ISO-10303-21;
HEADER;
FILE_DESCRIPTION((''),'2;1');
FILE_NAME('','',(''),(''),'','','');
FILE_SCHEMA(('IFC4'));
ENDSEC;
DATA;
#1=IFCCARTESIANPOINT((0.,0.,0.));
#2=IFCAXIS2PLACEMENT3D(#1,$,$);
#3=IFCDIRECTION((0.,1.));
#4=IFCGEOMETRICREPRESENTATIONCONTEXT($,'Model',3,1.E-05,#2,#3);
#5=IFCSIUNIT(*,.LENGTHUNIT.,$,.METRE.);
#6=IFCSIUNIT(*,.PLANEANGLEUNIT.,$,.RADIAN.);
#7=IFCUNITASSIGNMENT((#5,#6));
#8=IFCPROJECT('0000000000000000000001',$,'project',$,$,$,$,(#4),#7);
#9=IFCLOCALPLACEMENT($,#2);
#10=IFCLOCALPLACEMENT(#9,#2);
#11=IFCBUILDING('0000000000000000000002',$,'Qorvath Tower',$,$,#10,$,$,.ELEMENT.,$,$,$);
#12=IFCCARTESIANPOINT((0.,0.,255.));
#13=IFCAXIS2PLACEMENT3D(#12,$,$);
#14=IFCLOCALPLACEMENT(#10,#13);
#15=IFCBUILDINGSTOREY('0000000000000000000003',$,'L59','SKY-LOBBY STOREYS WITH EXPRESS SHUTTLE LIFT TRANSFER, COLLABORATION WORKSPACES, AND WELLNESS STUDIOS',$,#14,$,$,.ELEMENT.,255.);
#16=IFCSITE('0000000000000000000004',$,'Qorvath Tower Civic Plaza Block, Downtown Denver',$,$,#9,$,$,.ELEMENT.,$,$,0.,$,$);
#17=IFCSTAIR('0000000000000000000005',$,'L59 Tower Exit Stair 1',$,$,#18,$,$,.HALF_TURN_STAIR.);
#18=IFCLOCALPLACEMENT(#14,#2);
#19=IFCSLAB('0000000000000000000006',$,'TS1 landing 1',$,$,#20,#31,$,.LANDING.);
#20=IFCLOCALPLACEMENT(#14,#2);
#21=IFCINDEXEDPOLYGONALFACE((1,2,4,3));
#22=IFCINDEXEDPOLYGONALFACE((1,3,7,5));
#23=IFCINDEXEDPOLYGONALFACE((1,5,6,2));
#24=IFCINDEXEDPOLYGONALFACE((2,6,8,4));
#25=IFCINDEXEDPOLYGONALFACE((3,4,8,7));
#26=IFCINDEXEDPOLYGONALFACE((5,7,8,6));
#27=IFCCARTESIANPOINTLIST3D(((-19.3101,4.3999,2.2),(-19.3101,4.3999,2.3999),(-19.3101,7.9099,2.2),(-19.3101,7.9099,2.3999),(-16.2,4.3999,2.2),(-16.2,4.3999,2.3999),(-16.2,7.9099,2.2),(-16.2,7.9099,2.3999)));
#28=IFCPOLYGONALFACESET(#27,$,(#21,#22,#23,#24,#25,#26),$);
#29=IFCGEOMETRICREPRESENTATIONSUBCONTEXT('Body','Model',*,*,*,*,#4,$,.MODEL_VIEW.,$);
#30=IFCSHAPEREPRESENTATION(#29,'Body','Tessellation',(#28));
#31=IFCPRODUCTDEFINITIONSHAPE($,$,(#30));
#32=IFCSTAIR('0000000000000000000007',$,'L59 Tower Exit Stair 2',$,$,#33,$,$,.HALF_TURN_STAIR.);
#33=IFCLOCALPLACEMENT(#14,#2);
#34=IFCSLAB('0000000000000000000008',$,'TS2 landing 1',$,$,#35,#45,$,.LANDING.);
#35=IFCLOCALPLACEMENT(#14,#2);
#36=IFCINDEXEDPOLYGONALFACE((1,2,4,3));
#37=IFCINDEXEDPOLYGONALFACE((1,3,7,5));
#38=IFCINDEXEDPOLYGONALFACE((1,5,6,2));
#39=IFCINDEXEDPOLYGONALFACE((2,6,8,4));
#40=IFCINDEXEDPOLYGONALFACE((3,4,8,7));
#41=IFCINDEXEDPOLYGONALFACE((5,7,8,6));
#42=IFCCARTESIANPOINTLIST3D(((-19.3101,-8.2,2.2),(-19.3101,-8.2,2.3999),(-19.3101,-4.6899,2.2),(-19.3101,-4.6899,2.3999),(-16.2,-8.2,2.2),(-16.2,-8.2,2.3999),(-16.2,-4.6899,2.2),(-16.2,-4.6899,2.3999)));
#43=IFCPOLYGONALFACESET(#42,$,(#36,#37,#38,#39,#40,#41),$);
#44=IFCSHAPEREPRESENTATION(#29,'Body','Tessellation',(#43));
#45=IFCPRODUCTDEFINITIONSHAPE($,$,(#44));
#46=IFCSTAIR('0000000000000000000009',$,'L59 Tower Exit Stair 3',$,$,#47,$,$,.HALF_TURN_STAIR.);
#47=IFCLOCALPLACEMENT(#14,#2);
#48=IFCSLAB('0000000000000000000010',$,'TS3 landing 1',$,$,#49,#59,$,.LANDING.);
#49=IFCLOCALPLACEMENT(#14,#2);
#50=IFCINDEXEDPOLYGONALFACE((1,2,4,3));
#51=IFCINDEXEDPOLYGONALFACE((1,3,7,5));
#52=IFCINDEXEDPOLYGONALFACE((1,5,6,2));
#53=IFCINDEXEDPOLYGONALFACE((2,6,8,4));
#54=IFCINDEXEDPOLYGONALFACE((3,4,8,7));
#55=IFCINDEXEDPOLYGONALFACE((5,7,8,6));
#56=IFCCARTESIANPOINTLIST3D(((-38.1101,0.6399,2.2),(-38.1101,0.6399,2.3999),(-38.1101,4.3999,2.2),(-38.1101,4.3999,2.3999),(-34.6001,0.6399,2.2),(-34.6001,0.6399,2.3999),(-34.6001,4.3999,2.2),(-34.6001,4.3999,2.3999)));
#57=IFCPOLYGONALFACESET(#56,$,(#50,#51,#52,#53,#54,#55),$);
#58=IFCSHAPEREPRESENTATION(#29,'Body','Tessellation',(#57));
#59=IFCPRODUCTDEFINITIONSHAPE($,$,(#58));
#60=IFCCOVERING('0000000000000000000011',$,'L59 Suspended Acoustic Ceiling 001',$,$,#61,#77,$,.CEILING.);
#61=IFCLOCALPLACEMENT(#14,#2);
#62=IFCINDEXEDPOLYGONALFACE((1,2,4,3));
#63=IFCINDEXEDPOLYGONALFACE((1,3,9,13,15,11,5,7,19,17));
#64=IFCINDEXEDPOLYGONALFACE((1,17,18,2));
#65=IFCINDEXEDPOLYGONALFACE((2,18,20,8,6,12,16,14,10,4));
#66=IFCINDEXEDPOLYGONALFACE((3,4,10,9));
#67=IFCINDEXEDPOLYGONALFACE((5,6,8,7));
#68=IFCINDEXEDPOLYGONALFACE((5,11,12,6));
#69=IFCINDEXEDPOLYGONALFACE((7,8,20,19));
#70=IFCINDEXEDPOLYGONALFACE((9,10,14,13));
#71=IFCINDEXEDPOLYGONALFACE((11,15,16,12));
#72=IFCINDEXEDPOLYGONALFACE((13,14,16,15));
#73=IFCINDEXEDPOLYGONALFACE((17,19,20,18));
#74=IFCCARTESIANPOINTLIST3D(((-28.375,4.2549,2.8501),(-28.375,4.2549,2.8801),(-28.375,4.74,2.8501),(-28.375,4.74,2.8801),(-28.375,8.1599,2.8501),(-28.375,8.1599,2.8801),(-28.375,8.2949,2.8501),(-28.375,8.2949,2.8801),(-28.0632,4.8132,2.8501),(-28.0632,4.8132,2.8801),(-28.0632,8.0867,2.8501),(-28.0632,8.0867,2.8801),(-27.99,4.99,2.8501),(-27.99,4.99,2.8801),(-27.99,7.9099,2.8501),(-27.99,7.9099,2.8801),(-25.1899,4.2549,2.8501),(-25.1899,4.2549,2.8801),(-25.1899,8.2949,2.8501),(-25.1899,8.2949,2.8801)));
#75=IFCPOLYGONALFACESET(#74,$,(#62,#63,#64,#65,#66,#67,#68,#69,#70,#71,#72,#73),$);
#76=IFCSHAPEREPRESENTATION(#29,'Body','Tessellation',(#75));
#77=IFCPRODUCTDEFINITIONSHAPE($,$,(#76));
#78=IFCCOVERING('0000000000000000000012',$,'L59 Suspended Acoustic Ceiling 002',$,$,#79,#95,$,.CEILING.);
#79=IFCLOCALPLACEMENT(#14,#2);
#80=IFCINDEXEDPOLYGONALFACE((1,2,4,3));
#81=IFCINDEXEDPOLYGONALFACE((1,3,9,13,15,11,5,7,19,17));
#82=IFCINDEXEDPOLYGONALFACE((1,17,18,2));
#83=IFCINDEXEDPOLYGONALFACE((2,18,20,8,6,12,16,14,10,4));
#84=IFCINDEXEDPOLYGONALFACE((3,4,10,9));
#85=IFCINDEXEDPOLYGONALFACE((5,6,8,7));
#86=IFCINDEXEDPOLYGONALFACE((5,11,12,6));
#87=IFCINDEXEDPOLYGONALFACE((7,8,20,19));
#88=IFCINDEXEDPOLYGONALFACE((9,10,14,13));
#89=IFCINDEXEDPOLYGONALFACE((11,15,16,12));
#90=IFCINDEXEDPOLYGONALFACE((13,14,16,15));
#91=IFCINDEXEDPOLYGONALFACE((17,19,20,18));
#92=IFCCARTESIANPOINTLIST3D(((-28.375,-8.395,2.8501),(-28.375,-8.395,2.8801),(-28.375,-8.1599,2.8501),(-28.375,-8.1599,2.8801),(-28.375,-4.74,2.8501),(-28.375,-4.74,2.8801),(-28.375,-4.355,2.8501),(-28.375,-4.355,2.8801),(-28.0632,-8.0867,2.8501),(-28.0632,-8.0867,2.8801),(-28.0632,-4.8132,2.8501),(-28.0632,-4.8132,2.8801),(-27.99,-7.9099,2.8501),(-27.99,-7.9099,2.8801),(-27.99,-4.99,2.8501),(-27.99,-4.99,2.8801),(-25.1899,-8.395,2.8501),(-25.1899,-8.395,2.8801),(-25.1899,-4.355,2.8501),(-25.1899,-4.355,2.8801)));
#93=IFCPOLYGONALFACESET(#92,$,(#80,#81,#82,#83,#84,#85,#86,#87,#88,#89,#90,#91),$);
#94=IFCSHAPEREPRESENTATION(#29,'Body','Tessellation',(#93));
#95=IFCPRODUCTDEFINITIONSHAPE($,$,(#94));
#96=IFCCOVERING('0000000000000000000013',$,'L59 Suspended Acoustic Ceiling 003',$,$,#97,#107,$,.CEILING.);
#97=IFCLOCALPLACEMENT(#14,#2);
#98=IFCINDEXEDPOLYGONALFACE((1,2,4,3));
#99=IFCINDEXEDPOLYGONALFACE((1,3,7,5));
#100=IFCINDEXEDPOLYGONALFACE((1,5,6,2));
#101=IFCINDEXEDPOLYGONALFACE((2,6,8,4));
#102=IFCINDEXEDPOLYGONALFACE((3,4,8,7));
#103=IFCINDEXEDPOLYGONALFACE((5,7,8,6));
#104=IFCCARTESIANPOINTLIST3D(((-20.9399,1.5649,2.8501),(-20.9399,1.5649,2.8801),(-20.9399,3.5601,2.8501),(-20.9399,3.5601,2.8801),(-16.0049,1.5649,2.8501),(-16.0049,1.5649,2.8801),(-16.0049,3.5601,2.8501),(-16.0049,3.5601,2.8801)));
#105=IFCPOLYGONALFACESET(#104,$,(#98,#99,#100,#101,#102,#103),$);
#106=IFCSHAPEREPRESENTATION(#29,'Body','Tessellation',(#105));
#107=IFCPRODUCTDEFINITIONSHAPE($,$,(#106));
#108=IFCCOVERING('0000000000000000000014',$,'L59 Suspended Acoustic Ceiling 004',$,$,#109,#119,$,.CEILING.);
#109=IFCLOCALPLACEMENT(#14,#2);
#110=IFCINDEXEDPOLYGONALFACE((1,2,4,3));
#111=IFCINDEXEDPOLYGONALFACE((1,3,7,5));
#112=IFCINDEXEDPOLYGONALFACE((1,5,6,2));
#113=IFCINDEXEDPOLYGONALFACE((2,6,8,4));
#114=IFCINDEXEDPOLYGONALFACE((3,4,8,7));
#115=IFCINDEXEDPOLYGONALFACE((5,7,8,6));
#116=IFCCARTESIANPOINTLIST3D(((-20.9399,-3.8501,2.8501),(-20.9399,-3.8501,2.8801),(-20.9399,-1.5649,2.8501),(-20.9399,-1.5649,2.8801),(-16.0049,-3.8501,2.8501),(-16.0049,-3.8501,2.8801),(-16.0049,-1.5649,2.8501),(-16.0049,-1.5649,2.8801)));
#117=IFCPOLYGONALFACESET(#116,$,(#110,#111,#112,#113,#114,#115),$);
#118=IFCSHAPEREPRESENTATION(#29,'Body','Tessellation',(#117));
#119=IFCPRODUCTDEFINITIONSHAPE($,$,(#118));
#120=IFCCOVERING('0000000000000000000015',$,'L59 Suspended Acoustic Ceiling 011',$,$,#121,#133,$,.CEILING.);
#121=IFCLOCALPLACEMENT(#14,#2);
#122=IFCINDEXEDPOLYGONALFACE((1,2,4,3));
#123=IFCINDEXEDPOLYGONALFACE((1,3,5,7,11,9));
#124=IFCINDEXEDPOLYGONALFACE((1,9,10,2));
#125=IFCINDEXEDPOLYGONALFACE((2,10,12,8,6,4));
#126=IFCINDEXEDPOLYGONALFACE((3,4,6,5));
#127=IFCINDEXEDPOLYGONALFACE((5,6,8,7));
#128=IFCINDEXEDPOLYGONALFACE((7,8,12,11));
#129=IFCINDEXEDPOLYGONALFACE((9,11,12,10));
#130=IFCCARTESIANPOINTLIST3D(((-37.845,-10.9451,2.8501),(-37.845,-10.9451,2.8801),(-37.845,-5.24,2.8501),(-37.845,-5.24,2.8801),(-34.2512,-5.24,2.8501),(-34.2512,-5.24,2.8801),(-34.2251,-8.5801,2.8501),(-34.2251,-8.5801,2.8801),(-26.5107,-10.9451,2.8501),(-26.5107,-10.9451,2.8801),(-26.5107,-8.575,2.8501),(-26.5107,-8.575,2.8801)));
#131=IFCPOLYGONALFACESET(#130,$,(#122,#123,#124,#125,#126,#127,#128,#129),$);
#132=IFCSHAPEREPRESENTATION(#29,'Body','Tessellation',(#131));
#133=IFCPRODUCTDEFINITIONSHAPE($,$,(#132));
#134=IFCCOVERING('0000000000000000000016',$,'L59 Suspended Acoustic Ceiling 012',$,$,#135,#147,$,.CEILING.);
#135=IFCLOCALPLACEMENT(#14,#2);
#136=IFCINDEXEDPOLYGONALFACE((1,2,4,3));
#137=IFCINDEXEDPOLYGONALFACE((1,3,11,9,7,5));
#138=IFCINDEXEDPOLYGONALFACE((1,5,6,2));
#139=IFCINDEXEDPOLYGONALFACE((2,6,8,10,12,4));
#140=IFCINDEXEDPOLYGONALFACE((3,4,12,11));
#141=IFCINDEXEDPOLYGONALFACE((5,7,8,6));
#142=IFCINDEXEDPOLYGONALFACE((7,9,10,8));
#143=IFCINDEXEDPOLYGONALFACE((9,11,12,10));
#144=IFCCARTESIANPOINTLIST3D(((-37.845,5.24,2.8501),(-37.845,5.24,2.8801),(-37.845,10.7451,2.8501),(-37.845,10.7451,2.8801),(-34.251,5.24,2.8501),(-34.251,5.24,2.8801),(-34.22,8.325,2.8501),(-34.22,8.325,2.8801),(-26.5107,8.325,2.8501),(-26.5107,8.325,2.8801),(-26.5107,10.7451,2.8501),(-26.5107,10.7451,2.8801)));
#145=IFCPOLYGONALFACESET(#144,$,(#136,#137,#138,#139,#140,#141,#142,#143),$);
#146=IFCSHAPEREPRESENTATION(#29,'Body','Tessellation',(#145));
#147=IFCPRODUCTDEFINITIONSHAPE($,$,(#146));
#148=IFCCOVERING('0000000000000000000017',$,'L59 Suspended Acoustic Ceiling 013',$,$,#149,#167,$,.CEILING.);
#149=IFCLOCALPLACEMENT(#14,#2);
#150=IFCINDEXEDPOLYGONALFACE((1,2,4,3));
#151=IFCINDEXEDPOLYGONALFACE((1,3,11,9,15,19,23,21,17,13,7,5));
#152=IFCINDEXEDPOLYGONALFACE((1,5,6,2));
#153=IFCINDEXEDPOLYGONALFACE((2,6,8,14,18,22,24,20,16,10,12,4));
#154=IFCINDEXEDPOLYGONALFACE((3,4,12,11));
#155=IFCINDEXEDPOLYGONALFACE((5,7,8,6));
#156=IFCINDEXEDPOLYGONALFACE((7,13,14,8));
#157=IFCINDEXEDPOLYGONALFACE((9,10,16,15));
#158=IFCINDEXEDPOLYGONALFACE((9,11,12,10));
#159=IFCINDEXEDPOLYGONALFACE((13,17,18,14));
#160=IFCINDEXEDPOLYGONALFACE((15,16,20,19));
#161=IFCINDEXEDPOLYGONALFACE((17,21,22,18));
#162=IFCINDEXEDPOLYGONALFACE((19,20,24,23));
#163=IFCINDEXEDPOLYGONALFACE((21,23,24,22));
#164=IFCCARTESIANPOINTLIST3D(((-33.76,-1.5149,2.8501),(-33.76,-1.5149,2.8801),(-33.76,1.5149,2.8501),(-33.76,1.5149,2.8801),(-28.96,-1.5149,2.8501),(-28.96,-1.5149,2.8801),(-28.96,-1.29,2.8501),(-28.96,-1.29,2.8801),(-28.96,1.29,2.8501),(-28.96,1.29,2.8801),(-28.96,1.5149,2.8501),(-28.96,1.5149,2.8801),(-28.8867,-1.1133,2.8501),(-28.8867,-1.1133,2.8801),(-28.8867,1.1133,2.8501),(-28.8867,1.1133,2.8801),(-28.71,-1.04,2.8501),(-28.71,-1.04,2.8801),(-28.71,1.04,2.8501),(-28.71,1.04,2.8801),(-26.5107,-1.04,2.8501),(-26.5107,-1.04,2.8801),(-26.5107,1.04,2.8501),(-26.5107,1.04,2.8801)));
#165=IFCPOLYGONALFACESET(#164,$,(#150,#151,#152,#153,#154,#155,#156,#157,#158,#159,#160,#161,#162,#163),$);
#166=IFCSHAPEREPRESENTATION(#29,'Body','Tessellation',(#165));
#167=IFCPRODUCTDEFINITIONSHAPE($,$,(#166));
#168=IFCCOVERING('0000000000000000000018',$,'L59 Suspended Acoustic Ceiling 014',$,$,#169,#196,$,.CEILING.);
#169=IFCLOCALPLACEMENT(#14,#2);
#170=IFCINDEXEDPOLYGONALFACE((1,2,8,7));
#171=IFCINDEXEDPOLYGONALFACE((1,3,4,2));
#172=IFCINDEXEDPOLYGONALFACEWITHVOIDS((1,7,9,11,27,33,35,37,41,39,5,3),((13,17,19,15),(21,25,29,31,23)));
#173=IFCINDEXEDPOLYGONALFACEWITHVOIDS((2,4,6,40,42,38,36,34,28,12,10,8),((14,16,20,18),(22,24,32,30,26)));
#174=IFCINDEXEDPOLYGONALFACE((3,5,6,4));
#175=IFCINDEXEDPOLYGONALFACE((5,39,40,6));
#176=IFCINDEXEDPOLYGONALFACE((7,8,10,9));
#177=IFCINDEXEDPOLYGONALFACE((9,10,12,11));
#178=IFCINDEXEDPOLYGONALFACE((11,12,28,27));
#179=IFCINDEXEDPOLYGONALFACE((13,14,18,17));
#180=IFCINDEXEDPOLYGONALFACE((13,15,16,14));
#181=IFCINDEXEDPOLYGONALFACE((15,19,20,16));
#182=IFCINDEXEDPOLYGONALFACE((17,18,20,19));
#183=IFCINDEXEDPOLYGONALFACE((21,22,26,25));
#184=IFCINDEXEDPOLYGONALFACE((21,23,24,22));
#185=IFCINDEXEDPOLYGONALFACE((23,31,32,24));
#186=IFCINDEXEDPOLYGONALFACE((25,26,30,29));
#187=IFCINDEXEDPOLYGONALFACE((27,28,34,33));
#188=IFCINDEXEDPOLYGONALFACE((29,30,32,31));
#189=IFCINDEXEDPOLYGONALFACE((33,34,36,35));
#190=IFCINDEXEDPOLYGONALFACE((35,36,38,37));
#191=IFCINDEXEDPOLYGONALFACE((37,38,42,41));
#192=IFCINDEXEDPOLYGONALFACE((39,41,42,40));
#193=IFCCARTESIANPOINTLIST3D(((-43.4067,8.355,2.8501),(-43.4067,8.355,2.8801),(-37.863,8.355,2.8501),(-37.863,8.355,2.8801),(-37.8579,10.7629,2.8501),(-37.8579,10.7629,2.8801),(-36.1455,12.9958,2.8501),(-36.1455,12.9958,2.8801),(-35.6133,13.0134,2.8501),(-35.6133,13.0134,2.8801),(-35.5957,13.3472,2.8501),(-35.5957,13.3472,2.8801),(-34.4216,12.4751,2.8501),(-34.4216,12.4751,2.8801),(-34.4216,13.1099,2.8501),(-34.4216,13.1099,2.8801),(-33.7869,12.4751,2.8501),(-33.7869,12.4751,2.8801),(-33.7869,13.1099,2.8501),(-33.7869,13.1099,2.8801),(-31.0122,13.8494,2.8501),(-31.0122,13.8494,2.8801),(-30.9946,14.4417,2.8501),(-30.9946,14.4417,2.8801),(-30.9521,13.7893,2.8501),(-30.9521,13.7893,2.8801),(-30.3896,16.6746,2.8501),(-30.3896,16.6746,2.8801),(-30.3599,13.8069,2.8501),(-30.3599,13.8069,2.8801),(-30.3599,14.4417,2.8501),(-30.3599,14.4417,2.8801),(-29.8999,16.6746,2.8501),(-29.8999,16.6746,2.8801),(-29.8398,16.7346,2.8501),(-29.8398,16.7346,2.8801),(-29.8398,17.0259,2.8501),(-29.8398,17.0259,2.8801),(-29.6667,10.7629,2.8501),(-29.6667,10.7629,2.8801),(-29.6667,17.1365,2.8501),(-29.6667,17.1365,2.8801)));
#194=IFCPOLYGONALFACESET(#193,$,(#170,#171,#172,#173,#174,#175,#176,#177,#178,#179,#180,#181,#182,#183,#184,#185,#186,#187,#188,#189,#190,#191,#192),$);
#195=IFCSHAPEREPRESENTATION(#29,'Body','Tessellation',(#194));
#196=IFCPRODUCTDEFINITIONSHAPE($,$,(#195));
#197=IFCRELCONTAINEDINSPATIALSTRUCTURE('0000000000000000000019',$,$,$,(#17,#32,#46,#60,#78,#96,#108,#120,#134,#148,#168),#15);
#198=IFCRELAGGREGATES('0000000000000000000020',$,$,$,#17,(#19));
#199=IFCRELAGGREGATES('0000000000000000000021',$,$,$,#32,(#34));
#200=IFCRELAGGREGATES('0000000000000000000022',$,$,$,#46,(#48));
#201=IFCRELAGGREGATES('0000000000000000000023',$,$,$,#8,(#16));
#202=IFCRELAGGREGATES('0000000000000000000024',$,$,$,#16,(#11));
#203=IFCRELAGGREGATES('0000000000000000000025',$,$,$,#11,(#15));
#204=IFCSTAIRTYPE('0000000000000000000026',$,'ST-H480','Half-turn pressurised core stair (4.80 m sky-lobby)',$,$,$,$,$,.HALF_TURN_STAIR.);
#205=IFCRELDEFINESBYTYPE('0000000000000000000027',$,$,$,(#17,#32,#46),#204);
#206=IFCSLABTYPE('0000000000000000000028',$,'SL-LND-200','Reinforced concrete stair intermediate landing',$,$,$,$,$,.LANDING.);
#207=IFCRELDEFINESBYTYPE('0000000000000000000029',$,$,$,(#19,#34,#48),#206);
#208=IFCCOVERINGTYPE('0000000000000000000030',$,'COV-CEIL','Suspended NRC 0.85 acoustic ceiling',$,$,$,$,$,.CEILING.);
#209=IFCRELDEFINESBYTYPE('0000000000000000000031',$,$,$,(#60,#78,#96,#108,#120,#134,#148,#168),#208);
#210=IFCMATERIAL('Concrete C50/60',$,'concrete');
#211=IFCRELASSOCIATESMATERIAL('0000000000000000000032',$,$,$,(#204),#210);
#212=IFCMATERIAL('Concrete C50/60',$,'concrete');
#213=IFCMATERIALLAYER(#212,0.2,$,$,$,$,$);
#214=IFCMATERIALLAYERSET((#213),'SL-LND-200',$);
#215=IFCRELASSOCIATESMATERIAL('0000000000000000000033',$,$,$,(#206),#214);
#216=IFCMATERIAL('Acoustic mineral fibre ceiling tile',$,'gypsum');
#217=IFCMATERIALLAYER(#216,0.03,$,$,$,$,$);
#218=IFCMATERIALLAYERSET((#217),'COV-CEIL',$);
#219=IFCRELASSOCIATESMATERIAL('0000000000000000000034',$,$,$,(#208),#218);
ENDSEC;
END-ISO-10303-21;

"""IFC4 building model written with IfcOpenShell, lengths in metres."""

from ifc_helpers import new_model, si_unit, direction, frame, origin, place, context, subcontext, project, spatial, polyline, outline, extrude, material, layer, layer_set, type_object, element, aggregate, save


model = new_model("IFC4")

# Units and contexts
model_context = context("Model", 3, precision=1e-05, world=origin(), true_north=direction((0.0, 1.0)))
body_context = subcontext(model_context, "Body", "Model", "MODEL_VIEW")
ifc_project = project(units=[si_unit("LENGTHUNIT", "METRE"), si_unit("PLANEANGLEUNIT", "RADIAN")], contexts=[model_context])

# Site, building, storey
site_placement = place(None, origin())
site = spatial("IfcSite", under=ifc_project, at=site_placement, Name="Qorvath Tower Civic Plaza Block, Downtown Denver", CompositionType="ELEMENT", RefElevation=0.0)
building_placement = place(site_placement, origin())
building = spatial("IfcBuilding", under=site, at=building_placement, Name="Qorvath Tower", CompositionType="ELEMENT")
storey_placement = place(building_placement, frame((0.0, 0.0, 255.0)))
storey = spatial("IfcBuildingStorey", under=building, at=storey_placement, Name="L59", Description="SKY-LOBBY STOREYS WITH EXPRESS SHUTTLE LIFT TRANSFER, COLLABORATION WORKSPACES, AND WELLNESS STUDIOS", CompositionType="ELEMENT", Elevation=255.0)

# Stairs, slabs
ifc_material_1 = material(Name="Concrete C50/60", Category="concrete")
stair_type = type_object("IfcStairType", Name="ST-H480", Description="Half-turn pressurised core stair (4.80 m sky-lobby)", PredefinedType="HALF_TURN_STAIR", material=ifc_material_1)
stair_1_placement = place(storey_placement, origin())
stair_1 = element("IfcStair", 1, at=stair_1_placement, inside=storey, type_object=stair_type, Name="L59 Tower Exit Stair 1", PredefinedType="HALF_TURN_STAIR")
ifc_material_2 = material(Name="Concrete C50/60", Category="concrete")
ifc_layer_1 = layer(ifc_material_2, 0.2)
ifc_layer_set_1 = layer_set([ifc_layer_1], Name="SL-LND-200")
slab_type = type_object("IfcSlabType", Name="SL-LND-200", Description="Reinforced concrete stair intermediate landing", PredefinedType="LANDING", material=ifc_layer_set_1)
slab_1_placement = place(storey_placement, frame((0.0, 0.0, 2.2)))
slab_1 = element("IfcSlab", 2, at=slab_1_placement, type_object=slab_type, Name="TS1 landing 1", PredefinedType="LANDING", context=body_context, shape_type="SweptSolid", body=[
    extrude(outline(polyline([(-19.3101, 4.3999), (-16.2, 4.3999), (-16.2, 7.9099), (-19.3101, 7.9099), (-19.3101, 4.3999)])), origin(), (0.0, 0.0, 1.0), 0.2),
])
aggregate(stair_1, [slab_1])
stair_2_placement = place(storey_placement, origin())
stair_2 = element("IfcStair", 3, at=stair_2_placement, inside=storey, type_object=stair_type, Name="L59 Tower Exit Stair 2", PredefinedType="HALF_TURN_STAIR")
slab_2_placement = place(storey_placement, frame((0.0, 0.0, 2.2)))
slab_2 = element("IfcSlab", 4, at=slab_2_placement, type_object=slab_type, Name="TS2 landing 1", PredefinedType="LANDING", context=body_context, shape_type="SweptSolid", body=[
    extrude(outline(polyline([(-19.3101, -8.2), (-16.2, -8.2), (-16.2, -4.6899), (-19.3101, -4.6899), (-19.3101, -8.2)])), origin(), (0.0, 0.0, 1.0), 0.2),
])
aggregate(stair_2, [slab_2])
stair_3_placement = place(storey_placement, origin())
stair_3 = element("IfcStair", 5, at=stair_3_placement, inside=storey, type_object=stair_type, Name="L59 Tower Exit Stair 3", PredefinedType="HALF_TURN_STAIR")
slab_3_placement = place(storey_placement, frame((0.0, 0.0, 2.2)))
slab_3 = element("IfcSlab", 6, at=slab_3_placement, type_object=slab_type, Name="TS3 landing 1", PredefinedType="LANDING", context=body_context, shape_type="SweptSolid", body=[
    extrude(outline(polyline([(-34.6001, 0.6399), (-34.6001, 4.3999), (-38.1101, 4.3999), (-38.1101, 0.6399), (-34.6001, 0.6399)])), origin(), (0.0, 0.0, 1.0), 0.2),
])
aggregate(stair_3, [slab_3])

# Coverings
ifc_material_3 = material(Name="Acoustic mineral fibre ceiling tile", Category="gypsum")
ifc_layer_2 = layer(ifc_material_3, 0.03)
ifc_layer_set_2 = layer_set([ifc_layer_2], Name="COV-CEIL")
covering_type_1 = type_object("IfcCoveringType", Name="COV-CEIL", Description="Suspended NRC 0.85 acoustic ceiling", PredefinedType="CEILING", material=ifc_layer_set_2)
covering_1_placement = place(storey_placement, frame((0.0, 0.0, 2.8501)))
element("IfcCovering", 7, at=covering_1_placement, inside=storey, type_object=covering_type_1, Name="L59 Suspended Acoustic Ceiling 001", PredefinedType="CEILING", context=body_context, shape_type="SweptSolid", body=[
    extrude(outline(polyline([(-25.1899, 4.2549), (-25.1899, 8.2949), (-28.375, 8.2949), (-28.375, 8.1599), (-28.0632, 8.0867), (-27.99, 7.9099), (-27.99, 4.99), (-28.0632, 4.8132), (-28.375, 4.74), (-28.375, 4.2549), (-25.1899, 4.2549)])), origin(), (0.0, 0.0, 1.0), 0.03),
])
covering_2_placement = place(storey_placement, frame((0.0, 0.0, 2.8501)))
element("IfcCovering", 8, at=covering_2_placement, inside=storey, type_object=covering_type_1, Name="L59 Suspended Acoustic Ceiling 002", PredefinedType="CEILING", context=body_context, shape_type="SweptSolid", body=[
    extrude(outline(polyline([(-25.1899, -8.395), (-25.1899, -4.355), (-28.375, -4.355), (-28.375, -4.74), (-28.0632, -4.8132), (-27.99, -4.99), (-27.99, -7.9099), (-28.0632, -8.0867), (-28.375, -8.1599), (-28.375, -8.395), (-25.1899, -8.395)])), origin(), (0.0, 0.0, 1.0), 0.03),
])
covering_3_placement = place(storey_placement, frame((0.0, 0.0, 2.8501)))
element("IfcCovering", 9, at=covering_3_placement, inside=storey, type_object=covering_type_1, Name="L59 Suspended Acoustic Ceiling 003", PredefinedType="CEILING", context=body_context, shape_type="SweptSolid", body=[
    extrude(outline(polyline([(-16.0049, 3.5601), (-20.9399, 3.5601), (-20.9399, 1.5649), (-16.0049, 1.5649), (-16.0049, 3.5601)])), origin(), (0.0, 0.0, 1.0), 0.03),
])
covering_4_placement = place(storey_placement, frame((0.0, 0.0, 2.8501)))
element("IfcCovering", 10, at=covering_4_placement, inside=storey, type_object=covering_type_1, Name="L59 Suspended Acoustic Ceiling 004", PredefinedType="CEILING", context=body_context, shape_type="SweptSolid", body=[
    extrude(outline(polyline([(-20.9399, -1.5649), (-20.9399, -3.8501), (-16.0049, -3.8501), (-16.0049, -1.5649), (-20.9399, -1.5649)])), origin(), (0.0, 0.0, 1.0), 0.03),
])
covering_5_placement = place(storey_placement, frame((0.0, 0.0, 2.8501)))
element("IfcCovering", 11, at=covering_5_placement, inside=storey, type_object=covering_type_1, Name="L59 Suspended Acoustic Ceiling 011", PredefinedType="CEILING", context=body_context, shape_type="SweptSolid", body=[
    extrude(outline(polyline([(-34.2251, -8.5801), (-34.2512, -5.24), (-37.845, -5.24), (-37.845, -10.9451), (-26.5107, -10.9451), (-26.5107, -8.575), (-34.2251, -8.5801)])), origin(), (0.0, 0.0, 1.0), 0.03),
])
covering_6_placement = place(storey_placement, frame((0.0, 0.0, 2.8501)))
element("IfcCovering", 12, at=covering_6_placement, inside=storey, type_object=covering_type_1, Name="L59 Suspended Acoustic Ceiling 012", PredefinedType="CEILING", context=body_context, shape_type="SweptSolid", body=[
    extrude(outline(polyline([(-26.5107, 8.325), (-26.5107, 10.7451), (-37.845, 10.7451), (-37.845, 5.24), (-34.251, 5.24), (-34.22, 8.325), (-26.5107, 8.325)])), origin(), (0.0, 0.0, 1.0), 0.03),
])
covering_7_placement = place(storey_placement, frame((0.0, 0.0, 2.8501)))
element("IfcCovering", 13, at=covering_7_placement, inside=storey, type_object=covering_type_1, Name="L59 Suspended Acoustic Ceiling 013", PredefinedType="CEILING", context=body_context, shape_type="SweptSolid", body=[
    extrude(outline(polyline([(-26.5107, -1.04), (-26.5107, 1.04), (-28.71, 1.04), (-28.8867, 1.1133), (-28.96, 1.29), (-28.96, 1.5149), (-33.76, 1.5149), (-33.76, -1.5149), (-28.96, -1.5149), (-28.96, -1.29), (-28.8867, -1.1133), (-28.71, -1.04), (-26.5107, -1.04)])), origin(), (0.0, 0.0, 1.0), 0.03),
])
covering_8_placement = place(storey_placement, frame((0.0, 0.0, 2.8501)))
element("IfcCovering", 14, at=covering_8_placement, inside=storey, type_object=covering_type_1, Name="L59 Suspended Acoustic Ceiling 014", PredefinedType="CEILING", context=body_context, shape_type="SweptSolid", body=[
    extrude(outline(polyline([(-29.8999, 16.6746), (-30.3896, 16.6746), (-35.5957, 13.3472), (-35.6133, 13.0134), (-36.1455, 12.9958), (-43.4067, 8.355), (-37.863, 8.355), (-37.8579, 10.7629), (-29.6667, 10.7629), (-29.6667, 17.1365), (-29.8398, 17.0259), (-29.8398, 16.7346), (-29.8999, 16.6746)]), holes=[polyline([(-31.0122, 13.8494), (-30.9946, 14.4417), (-30.3599, 14.4417), (-30.3599, 13.8069), (-30.9521, 13.7893), (-31.0122, 13.8494)]), polyline([(-34.4216, 12.4751), (-34.4216, 13.1099), (-33.7869, 13.1099), (-33.7869, 12.4751), (-34.4216, 12.4751)])]), origin(), (0.0, 0.0, 1.0), 0.03),
])

save(model, "model.ifc")
